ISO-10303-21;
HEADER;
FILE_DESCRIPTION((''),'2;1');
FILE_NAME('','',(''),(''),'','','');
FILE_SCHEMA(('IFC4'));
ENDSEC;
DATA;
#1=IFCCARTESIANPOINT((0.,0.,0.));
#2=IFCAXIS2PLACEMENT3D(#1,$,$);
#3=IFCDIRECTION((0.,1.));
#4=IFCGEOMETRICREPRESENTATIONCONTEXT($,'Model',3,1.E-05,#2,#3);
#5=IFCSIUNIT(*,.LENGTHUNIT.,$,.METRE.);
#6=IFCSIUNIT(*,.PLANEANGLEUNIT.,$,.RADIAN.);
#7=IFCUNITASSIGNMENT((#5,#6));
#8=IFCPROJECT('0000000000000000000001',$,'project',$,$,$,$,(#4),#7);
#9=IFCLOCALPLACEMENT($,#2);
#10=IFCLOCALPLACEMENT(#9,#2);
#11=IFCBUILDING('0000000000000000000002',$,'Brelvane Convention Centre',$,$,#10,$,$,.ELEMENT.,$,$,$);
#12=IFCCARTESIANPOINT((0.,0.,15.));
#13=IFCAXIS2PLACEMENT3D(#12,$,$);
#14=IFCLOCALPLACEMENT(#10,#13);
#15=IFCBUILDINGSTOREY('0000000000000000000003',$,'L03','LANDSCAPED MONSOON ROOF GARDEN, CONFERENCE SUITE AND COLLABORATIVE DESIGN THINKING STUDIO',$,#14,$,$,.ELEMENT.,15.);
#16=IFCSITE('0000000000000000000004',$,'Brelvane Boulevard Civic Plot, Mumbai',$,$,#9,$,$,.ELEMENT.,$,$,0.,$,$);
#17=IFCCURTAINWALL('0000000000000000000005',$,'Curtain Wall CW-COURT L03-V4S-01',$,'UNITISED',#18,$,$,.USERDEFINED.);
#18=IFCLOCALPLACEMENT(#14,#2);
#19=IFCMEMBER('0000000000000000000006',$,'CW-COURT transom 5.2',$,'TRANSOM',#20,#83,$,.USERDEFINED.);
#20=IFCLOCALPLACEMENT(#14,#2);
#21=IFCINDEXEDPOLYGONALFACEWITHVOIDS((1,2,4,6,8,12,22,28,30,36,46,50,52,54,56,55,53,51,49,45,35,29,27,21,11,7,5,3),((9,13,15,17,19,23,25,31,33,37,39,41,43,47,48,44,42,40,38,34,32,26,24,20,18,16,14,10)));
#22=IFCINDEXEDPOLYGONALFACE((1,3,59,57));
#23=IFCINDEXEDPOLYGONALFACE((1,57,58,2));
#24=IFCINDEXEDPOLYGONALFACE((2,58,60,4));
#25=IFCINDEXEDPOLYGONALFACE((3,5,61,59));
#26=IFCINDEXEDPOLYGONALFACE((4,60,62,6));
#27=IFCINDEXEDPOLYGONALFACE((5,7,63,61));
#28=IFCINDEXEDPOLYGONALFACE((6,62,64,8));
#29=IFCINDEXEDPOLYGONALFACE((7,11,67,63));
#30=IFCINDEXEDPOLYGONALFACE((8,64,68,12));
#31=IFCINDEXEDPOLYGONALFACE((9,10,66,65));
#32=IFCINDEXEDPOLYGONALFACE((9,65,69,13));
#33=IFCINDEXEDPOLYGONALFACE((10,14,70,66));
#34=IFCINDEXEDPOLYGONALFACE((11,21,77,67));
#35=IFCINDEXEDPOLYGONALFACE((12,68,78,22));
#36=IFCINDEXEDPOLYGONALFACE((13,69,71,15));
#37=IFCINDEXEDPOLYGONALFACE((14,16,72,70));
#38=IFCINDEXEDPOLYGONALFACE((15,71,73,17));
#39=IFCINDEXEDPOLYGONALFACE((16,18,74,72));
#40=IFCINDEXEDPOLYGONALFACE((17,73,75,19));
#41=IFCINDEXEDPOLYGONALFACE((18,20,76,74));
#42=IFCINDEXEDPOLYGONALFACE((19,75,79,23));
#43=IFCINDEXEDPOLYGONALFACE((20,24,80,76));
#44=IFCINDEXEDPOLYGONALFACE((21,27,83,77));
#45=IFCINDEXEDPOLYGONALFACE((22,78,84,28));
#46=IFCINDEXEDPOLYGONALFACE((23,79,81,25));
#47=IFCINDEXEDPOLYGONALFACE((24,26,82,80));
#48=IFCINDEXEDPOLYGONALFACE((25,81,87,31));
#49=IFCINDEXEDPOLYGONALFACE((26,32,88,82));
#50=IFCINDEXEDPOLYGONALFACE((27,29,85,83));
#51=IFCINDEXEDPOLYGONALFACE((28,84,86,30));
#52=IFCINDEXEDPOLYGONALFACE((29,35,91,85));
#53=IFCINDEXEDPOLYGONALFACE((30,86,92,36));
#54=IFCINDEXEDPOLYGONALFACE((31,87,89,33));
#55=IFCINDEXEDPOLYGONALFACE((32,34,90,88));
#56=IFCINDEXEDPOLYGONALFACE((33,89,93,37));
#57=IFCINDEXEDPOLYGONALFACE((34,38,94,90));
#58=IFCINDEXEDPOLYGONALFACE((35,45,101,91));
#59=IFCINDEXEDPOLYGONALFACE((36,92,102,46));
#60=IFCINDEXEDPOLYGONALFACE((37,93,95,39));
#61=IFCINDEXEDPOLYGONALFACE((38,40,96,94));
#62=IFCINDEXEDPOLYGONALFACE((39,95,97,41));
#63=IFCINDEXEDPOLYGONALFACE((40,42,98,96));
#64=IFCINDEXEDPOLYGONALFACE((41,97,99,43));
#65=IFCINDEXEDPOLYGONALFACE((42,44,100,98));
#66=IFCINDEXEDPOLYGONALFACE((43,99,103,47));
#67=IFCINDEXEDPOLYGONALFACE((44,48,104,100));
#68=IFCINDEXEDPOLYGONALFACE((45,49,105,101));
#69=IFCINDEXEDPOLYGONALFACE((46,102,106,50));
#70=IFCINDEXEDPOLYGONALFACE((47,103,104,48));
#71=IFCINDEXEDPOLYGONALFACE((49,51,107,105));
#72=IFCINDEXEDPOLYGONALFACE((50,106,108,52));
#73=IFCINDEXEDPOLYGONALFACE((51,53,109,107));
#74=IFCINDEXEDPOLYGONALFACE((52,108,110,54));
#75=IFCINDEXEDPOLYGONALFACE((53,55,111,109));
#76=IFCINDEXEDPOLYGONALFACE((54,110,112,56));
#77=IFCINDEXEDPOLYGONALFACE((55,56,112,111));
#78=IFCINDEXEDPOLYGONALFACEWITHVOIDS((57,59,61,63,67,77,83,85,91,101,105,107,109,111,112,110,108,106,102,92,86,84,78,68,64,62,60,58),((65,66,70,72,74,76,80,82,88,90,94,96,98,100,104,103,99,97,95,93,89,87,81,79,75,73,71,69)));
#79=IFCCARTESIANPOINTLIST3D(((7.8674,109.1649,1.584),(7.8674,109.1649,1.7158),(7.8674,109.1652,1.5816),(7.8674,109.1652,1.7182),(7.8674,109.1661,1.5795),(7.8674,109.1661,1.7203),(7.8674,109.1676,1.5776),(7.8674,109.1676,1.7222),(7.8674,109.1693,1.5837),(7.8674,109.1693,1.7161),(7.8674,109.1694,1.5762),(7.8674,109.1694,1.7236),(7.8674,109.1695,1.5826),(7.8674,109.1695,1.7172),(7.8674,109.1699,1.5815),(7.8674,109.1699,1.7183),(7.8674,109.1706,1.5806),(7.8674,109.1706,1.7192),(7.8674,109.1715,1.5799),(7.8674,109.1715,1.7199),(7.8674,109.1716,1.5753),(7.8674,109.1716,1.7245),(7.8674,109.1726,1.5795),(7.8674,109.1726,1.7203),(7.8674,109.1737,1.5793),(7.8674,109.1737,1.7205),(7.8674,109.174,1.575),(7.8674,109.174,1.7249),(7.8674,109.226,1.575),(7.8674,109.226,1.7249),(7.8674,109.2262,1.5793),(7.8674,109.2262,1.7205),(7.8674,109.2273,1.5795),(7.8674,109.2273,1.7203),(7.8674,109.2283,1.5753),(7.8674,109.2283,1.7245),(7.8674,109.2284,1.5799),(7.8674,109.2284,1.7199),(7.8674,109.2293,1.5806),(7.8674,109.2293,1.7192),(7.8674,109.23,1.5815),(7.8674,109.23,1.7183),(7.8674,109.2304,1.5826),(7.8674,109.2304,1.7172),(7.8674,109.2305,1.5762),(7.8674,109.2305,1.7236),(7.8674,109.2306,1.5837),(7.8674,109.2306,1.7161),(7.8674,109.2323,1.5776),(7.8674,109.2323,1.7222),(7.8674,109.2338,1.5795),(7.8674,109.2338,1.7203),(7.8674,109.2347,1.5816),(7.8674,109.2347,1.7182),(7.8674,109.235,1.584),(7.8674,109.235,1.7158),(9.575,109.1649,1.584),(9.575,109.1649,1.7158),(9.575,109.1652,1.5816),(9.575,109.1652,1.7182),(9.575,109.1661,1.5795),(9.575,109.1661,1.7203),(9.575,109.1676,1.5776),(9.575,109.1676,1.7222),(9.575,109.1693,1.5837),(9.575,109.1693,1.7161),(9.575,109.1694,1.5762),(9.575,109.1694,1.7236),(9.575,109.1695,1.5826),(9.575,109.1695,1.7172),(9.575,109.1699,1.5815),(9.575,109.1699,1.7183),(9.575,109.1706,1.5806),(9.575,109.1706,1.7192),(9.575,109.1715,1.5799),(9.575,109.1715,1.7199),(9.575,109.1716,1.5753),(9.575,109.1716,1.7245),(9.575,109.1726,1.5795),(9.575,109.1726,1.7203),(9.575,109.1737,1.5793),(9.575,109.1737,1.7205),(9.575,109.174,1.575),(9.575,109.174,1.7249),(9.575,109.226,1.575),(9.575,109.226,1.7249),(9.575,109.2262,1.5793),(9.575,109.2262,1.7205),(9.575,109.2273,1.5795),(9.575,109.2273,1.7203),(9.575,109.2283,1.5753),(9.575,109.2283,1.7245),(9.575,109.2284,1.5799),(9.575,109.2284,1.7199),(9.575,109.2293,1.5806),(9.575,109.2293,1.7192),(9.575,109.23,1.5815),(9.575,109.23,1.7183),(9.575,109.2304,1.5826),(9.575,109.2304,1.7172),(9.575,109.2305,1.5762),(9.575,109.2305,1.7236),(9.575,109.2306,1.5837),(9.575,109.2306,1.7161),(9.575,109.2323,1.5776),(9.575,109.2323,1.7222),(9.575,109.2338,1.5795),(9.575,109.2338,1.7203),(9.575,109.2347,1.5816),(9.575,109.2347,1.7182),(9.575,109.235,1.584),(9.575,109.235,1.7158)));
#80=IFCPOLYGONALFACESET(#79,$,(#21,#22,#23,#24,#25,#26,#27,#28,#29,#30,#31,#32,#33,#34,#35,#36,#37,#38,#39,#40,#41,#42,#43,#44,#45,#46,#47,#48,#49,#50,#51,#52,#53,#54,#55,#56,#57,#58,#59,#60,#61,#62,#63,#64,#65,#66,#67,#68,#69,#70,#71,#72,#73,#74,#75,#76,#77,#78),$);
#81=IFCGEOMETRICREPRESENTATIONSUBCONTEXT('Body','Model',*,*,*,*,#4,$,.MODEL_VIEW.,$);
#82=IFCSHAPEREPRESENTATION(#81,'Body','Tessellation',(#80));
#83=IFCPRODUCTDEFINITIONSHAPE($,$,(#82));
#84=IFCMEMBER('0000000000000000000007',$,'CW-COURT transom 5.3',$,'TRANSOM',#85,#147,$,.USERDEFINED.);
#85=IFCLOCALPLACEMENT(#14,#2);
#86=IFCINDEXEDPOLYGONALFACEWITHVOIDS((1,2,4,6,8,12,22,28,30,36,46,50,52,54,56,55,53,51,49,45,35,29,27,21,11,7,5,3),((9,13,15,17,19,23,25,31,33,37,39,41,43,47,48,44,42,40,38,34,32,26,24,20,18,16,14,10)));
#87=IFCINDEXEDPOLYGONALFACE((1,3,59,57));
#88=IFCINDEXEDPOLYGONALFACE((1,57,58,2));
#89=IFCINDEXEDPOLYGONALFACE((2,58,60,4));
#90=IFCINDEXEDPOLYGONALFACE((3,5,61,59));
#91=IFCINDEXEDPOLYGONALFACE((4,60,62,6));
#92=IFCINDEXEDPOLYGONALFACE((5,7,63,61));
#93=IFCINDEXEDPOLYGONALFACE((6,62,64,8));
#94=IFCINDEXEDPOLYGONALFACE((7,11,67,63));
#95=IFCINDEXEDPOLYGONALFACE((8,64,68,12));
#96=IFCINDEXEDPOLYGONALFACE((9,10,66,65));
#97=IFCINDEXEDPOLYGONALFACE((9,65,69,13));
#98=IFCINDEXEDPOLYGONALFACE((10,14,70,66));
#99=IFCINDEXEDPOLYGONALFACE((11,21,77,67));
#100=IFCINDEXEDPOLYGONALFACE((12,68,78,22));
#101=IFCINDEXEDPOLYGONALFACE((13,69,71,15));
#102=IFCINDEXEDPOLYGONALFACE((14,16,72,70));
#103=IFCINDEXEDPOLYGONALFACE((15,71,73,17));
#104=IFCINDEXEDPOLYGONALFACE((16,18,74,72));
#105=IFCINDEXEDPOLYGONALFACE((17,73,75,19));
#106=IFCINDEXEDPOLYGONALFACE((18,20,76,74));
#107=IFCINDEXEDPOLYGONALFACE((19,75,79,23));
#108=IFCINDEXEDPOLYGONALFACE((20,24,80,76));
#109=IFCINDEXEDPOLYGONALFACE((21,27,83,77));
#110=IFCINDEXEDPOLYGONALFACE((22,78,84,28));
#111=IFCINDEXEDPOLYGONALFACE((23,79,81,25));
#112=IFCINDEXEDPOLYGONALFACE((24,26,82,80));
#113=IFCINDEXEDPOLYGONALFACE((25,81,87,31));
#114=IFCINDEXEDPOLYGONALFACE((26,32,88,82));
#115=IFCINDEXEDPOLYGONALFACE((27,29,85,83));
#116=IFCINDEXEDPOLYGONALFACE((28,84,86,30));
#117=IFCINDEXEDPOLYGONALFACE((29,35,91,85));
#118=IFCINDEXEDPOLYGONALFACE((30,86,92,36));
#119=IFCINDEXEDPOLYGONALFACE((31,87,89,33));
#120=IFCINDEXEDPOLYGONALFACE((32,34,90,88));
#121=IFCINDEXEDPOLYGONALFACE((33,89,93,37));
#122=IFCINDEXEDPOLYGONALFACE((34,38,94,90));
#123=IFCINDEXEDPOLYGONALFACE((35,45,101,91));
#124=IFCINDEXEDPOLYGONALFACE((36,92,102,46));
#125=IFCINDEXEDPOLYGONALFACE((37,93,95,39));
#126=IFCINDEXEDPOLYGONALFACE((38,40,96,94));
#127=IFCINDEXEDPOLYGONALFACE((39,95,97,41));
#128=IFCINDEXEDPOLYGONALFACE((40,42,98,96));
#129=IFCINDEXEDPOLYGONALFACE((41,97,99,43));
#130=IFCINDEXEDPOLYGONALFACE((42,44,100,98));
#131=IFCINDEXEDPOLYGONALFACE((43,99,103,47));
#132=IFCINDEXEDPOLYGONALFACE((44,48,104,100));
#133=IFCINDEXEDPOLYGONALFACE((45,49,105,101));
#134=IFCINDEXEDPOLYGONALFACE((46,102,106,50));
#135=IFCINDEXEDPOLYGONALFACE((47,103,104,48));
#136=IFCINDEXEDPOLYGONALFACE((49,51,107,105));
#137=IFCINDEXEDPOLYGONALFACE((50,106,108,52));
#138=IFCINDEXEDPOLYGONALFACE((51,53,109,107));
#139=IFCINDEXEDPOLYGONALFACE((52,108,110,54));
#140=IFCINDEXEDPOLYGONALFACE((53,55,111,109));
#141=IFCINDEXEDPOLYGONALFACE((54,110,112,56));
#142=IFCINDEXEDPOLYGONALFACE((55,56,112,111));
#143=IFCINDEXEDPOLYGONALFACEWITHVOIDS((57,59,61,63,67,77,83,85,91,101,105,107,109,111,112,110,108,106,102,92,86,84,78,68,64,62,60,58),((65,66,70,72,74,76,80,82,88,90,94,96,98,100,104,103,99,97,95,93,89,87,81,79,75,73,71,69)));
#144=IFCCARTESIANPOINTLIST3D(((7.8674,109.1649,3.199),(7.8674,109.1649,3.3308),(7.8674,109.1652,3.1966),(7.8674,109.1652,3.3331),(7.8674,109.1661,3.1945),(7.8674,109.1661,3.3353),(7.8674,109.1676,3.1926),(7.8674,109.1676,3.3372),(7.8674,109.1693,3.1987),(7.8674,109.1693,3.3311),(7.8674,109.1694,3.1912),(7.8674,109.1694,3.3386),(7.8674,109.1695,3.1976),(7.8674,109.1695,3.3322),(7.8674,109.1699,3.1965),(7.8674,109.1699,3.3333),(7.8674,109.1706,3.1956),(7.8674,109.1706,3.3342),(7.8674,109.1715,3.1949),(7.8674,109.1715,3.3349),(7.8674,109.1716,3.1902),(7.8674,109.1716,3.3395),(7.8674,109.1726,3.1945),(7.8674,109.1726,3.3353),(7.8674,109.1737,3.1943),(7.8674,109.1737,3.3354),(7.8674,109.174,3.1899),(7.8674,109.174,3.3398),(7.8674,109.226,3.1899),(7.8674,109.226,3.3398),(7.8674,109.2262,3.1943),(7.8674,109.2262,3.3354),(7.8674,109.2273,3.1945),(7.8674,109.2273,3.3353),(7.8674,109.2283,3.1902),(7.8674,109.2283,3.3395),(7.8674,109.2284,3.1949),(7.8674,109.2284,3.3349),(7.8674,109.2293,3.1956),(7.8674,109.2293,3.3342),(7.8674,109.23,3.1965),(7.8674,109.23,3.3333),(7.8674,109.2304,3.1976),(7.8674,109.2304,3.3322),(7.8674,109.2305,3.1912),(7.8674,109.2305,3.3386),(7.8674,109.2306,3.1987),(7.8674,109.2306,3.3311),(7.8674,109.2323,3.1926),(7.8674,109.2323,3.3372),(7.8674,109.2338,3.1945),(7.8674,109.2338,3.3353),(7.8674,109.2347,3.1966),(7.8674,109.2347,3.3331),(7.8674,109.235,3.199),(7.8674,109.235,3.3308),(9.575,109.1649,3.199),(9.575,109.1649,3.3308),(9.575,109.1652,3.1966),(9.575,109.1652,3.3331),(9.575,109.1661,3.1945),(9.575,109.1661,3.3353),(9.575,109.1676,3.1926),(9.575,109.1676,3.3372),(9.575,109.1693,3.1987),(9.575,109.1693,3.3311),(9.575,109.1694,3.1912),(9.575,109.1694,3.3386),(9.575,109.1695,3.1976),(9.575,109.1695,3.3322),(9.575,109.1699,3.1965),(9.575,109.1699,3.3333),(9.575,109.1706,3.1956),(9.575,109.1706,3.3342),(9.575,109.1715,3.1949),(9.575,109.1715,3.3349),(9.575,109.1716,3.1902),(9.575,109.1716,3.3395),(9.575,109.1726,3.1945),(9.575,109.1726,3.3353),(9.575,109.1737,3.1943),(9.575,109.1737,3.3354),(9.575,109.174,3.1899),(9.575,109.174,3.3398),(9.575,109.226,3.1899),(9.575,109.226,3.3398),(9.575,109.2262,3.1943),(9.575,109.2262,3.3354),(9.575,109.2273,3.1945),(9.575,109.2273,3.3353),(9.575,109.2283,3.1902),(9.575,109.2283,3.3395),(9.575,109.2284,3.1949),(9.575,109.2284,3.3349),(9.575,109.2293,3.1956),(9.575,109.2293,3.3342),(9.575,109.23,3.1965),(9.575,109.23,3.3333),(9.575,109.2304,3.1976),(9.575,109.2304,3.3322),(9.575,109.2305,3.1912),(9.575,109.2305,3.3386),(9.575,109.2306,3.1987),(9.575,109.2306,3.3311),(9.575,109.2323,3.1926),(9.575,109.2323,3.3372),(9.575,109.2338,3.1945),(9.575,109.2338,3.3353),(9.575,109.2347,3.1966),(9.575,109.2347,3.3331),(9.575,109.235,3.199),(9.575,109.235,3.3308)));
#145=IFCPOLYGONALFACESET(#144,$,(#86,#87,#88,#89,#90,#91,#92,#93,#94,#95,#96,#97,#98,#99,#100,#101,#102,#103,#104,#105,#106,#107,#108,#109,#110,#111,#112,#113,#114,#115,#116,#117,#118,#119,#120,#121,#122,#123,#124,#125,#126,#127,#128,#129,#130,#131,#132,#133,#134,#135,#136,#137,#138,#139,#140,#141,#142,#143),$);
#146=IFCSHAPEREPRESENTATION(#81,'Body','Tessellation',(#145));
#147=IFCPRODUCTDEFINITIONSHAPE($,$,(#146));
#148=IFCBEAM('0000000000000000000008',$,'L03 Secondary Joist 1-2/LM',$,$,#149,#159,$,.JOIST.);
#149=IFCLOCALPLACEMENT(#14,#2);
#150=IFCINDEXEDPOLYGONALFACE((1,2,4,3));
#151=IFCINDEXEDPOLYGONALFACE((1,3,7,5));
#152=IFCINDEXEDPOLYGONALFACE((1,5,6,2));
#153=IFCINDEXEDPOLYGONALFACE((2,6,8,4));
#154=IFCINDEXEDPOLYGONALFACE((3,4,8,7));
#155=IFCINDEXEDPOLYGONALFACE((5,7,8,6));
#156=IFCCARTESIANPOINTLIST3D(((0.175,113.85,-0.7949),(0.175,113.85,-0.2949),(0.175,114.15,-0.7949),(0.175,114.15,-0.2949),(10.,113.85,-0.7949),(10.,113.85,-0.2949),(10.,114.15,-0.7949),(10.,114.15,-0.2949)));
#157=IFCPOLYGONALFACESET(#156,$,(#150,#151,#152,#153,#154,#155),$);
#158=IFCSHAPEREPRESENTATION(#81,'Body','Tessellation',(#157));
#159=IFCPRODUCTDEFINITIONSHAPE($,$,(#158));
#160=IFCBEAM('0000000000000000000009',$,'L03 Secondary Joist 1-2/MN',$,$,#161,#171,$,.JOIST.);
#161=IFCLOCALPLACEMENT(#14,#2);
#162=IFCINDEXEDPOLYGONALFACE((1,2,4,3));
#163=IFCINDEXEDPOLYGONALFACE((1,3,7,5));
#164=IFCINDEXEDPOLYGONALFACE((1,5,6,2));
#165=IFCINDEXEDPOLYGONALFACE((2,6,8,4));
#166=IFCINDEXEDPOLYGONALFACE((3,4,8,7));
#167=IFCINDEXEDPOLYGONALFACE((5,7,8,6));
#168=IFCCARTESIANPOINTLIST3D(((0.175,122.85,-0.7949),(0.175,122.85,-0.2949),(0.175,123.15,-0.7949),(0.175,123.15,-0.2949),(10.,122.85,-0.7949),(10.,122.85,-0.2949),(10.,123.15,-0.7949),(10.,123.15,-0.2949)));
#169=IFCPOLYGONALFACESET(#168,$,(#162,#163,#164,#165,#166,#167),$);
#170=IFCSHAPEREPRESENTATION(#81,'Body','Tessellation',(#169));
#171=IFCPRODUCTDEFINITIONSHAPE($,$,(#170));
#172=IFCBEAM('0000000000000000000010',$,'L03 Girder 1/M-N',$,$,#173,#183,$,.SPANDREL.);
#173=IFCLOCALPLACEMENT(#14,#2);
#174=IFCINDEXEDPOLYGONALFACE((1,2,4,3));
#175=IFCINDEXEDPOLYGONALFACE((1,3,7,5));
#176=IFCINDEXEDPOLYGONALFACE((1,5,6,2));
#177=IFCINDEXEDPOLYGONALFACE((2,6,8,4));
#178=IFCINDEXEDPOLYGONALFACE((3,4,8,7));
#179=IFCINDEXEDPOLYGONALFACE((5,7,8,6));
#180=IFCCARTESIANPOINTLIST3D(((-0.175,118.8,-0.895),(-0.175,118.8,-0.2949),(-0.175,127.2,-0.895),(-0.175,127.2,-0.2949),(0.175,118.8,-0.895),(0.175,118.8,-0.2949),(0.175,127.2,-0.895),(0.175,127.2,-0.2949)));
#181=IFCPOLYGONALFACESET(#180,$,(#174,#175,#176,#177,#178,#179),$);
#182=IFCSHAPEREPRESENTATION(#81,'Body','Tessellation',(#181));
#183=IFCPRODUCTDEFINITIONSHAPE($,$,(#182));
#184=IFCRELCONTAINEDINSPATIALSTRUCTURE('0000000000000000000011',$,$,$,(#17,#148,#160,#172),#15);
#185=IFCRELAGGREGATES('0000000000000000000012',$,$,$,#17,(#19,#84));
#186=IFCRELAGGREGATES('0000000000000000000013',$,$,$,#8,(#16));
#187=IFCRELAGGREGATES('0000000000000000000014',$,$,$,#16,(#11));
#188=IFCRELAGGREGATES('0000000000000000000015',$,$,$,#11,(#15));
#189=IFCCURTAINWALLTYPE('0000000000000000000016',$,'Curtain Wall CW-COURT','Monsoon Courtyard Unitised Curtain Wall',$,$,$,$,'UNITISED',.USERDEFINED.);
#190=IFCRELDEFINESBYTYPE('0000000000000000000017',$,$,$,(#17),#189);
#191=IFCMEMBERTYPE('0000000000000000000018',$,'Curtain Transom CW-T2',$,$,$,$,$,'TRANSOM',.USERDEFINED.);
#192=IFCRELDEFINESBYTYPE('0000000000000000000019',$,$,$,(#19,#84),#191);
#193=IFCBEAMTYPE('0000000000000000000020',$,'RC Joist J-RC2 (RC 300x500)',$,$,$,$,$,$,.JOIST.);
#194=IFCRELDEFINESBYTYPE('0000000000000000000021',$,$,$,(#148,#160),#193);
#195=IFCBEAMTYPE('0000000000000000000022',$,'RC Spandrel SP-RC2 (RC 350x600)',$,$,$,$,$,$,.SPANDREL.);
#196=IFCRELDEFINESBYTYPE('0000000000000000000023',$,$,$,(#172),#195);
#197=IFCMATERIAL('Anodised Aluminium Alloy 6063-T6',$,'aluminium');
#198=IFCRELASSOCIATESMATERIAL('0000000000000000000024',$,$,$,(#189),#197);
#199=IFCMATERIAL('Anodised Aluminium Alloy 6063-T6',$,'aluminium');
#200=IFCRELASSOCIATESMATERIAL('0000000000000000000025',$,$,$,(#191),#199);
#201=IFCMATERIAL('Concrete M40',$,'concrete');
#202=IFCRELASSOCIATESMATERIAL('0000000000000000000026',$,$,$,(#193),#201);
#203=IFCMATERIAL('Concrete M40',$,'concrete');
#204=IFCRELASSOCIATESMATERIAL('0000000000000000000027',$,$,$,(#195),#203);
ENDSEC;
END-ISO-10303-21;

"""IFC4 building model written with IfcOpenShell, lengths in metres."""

from ifc_helpers import new_model, si_unit, direction, frame, origin, origin_2d, place, context, subcontext, project, spatial, rectangle, hollow_rectangle, extrude, material, material_profile, profile_set, type_object, element, aggregate, save


model = new_model("IFC4")

# Units and contexts
model_context = context("Model", 3, precision=1e-05, world=origin(), true_north=direction((0.0, 1.0)))
body_context = subcontext(model_context, "Body", "Model", "MODEL_VIEW")
ifc_project = project(units=[si_unit("LENGTHUNIT", "METRE"), si_unit("PLANEANGLEUNIT", "RADIAN")], contexts=[model_context])

# Site, building, storey
site_placement = place(None, origin())
site = spatial("IfcSite", under=ifc_project, at=site_placement, Name="Brelvane Boulevard Civic Plot, Mumbai", CompositionType="ELEMENT", RefElevation=0.0)
building_placement = place(site_placement, origin())
building = spatial("IfcBuilding", under=site, at=building_placement, Name="Brelvane Convention Centre", CompositionType="ELEMENT")
storey_placement = place(building_placement, frame((0.0, 0.0, 15.0)))
storey = spatial("IfcBuildingStorey", under=building, at=storey_placement, Name="L03", Description="LANDSCAPED MONSOON ROOF GARDEN, CONFERENCE SUITE AND COLLABORATIVE DESIGN THINKING STUDIO", CompositionType="ELEMENT", Elevation=15.0)

# Curtain wall, members
ifc_material_1 = material(Name="Anodised Aluminium Alloy 6063-T6", Category="aluminium")
curtain_wall_type = type_object("IfcCurtainWallType", Name="Curtain Wall CW-COURT", Description="Monsoon Courtyard Unitised Curtain Wall", ElementType="UNITISED", PredefinedType="USERDEFINED", material=ifc_material_1)
curtain_wall_placement = place(storey_placement, origin())
curtain_wall = element("IfcCurtainWall", 1, at=curtain_wall_placement, inside=storey, type_object=curtain_wall_type, Name="Curtain Wall CW-COURT L03-V4S-01", ObjectType="UNITISED", PredefinedType="USERDEFINED")
ifc_material_2 = material(Name="Anodised Aluminium Alloy 6063-T6", Category="aluminium")
ifc_material_profile_1 = material_profile(ifc_material_2, hollow_rectangle(XDim=0.0701, YDim=0.1499, WallThickness=0.0044, InnerFilletRadius=0.0044, OuterFilletRadius=0.009, at=origin_2d()), Name="ALU-T 150x70x4.5")
ifc_profile_set_1 = profile_set([ifc_material_profile_1], Name="Anodised Aluminium Alloy 6063-T6")
member_type_1 = type_object("IfcMemberType", Name="Curtain Transom CW-T2", ElementType="TRANSOM", PredefinedType="USERDEFINED", material=ifc_profile_set_1)
member_1_placement = place(storey_placement, frame((7.8674, 109.2, 1.6499), z_axis=(1.0, 0.0, 0.0), x_axis=(0.0, 1.0, 0.0)))
member_1 = element("IfcMember", 2, at=member_1_placement, type_object=member_type_1, Name="CW-COURT transom 5.2", ObjectType="TRANSOM", PredefinedType="USERDEFINED", context=body_context, shape_type="SweptSolid", body=[
    extrude(hollow_rectangle(XDim=0.0701, YDim=0.1499, WallThickness=0.0044, InnerFilletRadius=0.0044, OuterFilletRadius=0.009, at=origin_2d()), origin(), (0.0, 0.0, 1.0), 1.7075),
])
member_2_placement = place(storey_placement, frame((7.8674, 109.2, 3.2649), z_axis=(1.0, 0.0, 0.0), x_axis=(0.0, 1.0, 0.0)))
member_2 = element("IfcMember", 3, at=member_2_placement, type_object=member_type_1, Name="CW-COURT transom 5.3", ObjectType="TRANSOM", PredefinedType="USERDEFINED", context=body_context, shape_type="SweptSolid", body=[
    extrude(hollow_rectangle(XDim=0.0701, YDim=0.1499, WallThickness=0.0044, InnerFilletRadius=0.0044, OuterFilletRadius=0.009, at=origin_2d()), origin(), (0.0, 0.0, 1.0), 1.7075),
])

# Beams
ifc_material_3 = material(Name="Concrete M40", Category="concrete")
ifc_material_profile_2 = material_profile(ifc_material_3, rectangle(XDim=0.3, YDim=0.5, at=origin_2d()), Name="RC 300x500")
ifc_profile_set_2 = profile_set([ifc_material_profile_2], Name="Concrete M40")
beam_type_1 = type_object("IfcBeamType", Name="RC Joist J-RC2 (RC 300x500)", PredefinedType="JOIST", material=ifc_profile_set_2)
for number, where, z_axis, x_axis, name in (
    (4, (0.175, 114.0, -0.5449), (1.0, 0.0, 0.0), (0.0, 1.0, 0.0), "L03 Secondary Joist 1-2/LM"),
    (5, (0.175, 123.0, -0.5449), (1.0, 0.0, 0.0), (0.0, 1.0, 0.0), "L03 Secondary Joist 1-2/MN"),
):
    element("IfcBeam", number, at=place(storey_placement, frame(where, z_axis=z_axis, x_axis=x_axis)), inside=storey, type_object=beam_type_1, Name=name, PredefinedType="JOIST", context=body_context, shape_type="SweptSolid", body=[
        extrude(rectangle(XDim=0.3, YDim=0.5, at=origin_2d()), origin(), (0.0, 0.0, 1.0), 9.825),
    ])
ifc_material_4 = material(Name="Concrete M40", Category="concrete")
ifc_material_profile_3 = material_profile(ifc_material_4, rectangle(XDim=0.3501, YDim=0.6001, at=origin_2d()), Name="RC 350x600")
ifc_profile_set_3 = profile_set([ifc_material_profile_3], Name="Concrete M40")
beam_type_2 = type_object("IfcBeamType", Name="RC Spandrel SP-RC2 (RC 350x600)", PredefinedType="SPANDREL", material=ifc_profile_set_3)
beam_1_placement = place(storey_placement, frame((0.0, 118.8, -0.595), z_axis=(0.0, 1.0, 0.0), x_axis=(-1.0, 0.0, 0.0)))
element("IfcBeam", 6, at=beam_1_placement, inside=storey, type_object=beam_type_2, Name="L03 Girder 1/M-N", PredefinedType="SPANDREL", context=body_context, shape_type="SweptSolid", body=[
    extrude(rectangle(XDim=0.3501, YDim=0.6001, at=origin_2d()), origin(), (0.0, 0.0, 1.0), 8.3999),
])

aggregate(curtain_wall, [member_1, member_2])

save(model, "model.ifc")
